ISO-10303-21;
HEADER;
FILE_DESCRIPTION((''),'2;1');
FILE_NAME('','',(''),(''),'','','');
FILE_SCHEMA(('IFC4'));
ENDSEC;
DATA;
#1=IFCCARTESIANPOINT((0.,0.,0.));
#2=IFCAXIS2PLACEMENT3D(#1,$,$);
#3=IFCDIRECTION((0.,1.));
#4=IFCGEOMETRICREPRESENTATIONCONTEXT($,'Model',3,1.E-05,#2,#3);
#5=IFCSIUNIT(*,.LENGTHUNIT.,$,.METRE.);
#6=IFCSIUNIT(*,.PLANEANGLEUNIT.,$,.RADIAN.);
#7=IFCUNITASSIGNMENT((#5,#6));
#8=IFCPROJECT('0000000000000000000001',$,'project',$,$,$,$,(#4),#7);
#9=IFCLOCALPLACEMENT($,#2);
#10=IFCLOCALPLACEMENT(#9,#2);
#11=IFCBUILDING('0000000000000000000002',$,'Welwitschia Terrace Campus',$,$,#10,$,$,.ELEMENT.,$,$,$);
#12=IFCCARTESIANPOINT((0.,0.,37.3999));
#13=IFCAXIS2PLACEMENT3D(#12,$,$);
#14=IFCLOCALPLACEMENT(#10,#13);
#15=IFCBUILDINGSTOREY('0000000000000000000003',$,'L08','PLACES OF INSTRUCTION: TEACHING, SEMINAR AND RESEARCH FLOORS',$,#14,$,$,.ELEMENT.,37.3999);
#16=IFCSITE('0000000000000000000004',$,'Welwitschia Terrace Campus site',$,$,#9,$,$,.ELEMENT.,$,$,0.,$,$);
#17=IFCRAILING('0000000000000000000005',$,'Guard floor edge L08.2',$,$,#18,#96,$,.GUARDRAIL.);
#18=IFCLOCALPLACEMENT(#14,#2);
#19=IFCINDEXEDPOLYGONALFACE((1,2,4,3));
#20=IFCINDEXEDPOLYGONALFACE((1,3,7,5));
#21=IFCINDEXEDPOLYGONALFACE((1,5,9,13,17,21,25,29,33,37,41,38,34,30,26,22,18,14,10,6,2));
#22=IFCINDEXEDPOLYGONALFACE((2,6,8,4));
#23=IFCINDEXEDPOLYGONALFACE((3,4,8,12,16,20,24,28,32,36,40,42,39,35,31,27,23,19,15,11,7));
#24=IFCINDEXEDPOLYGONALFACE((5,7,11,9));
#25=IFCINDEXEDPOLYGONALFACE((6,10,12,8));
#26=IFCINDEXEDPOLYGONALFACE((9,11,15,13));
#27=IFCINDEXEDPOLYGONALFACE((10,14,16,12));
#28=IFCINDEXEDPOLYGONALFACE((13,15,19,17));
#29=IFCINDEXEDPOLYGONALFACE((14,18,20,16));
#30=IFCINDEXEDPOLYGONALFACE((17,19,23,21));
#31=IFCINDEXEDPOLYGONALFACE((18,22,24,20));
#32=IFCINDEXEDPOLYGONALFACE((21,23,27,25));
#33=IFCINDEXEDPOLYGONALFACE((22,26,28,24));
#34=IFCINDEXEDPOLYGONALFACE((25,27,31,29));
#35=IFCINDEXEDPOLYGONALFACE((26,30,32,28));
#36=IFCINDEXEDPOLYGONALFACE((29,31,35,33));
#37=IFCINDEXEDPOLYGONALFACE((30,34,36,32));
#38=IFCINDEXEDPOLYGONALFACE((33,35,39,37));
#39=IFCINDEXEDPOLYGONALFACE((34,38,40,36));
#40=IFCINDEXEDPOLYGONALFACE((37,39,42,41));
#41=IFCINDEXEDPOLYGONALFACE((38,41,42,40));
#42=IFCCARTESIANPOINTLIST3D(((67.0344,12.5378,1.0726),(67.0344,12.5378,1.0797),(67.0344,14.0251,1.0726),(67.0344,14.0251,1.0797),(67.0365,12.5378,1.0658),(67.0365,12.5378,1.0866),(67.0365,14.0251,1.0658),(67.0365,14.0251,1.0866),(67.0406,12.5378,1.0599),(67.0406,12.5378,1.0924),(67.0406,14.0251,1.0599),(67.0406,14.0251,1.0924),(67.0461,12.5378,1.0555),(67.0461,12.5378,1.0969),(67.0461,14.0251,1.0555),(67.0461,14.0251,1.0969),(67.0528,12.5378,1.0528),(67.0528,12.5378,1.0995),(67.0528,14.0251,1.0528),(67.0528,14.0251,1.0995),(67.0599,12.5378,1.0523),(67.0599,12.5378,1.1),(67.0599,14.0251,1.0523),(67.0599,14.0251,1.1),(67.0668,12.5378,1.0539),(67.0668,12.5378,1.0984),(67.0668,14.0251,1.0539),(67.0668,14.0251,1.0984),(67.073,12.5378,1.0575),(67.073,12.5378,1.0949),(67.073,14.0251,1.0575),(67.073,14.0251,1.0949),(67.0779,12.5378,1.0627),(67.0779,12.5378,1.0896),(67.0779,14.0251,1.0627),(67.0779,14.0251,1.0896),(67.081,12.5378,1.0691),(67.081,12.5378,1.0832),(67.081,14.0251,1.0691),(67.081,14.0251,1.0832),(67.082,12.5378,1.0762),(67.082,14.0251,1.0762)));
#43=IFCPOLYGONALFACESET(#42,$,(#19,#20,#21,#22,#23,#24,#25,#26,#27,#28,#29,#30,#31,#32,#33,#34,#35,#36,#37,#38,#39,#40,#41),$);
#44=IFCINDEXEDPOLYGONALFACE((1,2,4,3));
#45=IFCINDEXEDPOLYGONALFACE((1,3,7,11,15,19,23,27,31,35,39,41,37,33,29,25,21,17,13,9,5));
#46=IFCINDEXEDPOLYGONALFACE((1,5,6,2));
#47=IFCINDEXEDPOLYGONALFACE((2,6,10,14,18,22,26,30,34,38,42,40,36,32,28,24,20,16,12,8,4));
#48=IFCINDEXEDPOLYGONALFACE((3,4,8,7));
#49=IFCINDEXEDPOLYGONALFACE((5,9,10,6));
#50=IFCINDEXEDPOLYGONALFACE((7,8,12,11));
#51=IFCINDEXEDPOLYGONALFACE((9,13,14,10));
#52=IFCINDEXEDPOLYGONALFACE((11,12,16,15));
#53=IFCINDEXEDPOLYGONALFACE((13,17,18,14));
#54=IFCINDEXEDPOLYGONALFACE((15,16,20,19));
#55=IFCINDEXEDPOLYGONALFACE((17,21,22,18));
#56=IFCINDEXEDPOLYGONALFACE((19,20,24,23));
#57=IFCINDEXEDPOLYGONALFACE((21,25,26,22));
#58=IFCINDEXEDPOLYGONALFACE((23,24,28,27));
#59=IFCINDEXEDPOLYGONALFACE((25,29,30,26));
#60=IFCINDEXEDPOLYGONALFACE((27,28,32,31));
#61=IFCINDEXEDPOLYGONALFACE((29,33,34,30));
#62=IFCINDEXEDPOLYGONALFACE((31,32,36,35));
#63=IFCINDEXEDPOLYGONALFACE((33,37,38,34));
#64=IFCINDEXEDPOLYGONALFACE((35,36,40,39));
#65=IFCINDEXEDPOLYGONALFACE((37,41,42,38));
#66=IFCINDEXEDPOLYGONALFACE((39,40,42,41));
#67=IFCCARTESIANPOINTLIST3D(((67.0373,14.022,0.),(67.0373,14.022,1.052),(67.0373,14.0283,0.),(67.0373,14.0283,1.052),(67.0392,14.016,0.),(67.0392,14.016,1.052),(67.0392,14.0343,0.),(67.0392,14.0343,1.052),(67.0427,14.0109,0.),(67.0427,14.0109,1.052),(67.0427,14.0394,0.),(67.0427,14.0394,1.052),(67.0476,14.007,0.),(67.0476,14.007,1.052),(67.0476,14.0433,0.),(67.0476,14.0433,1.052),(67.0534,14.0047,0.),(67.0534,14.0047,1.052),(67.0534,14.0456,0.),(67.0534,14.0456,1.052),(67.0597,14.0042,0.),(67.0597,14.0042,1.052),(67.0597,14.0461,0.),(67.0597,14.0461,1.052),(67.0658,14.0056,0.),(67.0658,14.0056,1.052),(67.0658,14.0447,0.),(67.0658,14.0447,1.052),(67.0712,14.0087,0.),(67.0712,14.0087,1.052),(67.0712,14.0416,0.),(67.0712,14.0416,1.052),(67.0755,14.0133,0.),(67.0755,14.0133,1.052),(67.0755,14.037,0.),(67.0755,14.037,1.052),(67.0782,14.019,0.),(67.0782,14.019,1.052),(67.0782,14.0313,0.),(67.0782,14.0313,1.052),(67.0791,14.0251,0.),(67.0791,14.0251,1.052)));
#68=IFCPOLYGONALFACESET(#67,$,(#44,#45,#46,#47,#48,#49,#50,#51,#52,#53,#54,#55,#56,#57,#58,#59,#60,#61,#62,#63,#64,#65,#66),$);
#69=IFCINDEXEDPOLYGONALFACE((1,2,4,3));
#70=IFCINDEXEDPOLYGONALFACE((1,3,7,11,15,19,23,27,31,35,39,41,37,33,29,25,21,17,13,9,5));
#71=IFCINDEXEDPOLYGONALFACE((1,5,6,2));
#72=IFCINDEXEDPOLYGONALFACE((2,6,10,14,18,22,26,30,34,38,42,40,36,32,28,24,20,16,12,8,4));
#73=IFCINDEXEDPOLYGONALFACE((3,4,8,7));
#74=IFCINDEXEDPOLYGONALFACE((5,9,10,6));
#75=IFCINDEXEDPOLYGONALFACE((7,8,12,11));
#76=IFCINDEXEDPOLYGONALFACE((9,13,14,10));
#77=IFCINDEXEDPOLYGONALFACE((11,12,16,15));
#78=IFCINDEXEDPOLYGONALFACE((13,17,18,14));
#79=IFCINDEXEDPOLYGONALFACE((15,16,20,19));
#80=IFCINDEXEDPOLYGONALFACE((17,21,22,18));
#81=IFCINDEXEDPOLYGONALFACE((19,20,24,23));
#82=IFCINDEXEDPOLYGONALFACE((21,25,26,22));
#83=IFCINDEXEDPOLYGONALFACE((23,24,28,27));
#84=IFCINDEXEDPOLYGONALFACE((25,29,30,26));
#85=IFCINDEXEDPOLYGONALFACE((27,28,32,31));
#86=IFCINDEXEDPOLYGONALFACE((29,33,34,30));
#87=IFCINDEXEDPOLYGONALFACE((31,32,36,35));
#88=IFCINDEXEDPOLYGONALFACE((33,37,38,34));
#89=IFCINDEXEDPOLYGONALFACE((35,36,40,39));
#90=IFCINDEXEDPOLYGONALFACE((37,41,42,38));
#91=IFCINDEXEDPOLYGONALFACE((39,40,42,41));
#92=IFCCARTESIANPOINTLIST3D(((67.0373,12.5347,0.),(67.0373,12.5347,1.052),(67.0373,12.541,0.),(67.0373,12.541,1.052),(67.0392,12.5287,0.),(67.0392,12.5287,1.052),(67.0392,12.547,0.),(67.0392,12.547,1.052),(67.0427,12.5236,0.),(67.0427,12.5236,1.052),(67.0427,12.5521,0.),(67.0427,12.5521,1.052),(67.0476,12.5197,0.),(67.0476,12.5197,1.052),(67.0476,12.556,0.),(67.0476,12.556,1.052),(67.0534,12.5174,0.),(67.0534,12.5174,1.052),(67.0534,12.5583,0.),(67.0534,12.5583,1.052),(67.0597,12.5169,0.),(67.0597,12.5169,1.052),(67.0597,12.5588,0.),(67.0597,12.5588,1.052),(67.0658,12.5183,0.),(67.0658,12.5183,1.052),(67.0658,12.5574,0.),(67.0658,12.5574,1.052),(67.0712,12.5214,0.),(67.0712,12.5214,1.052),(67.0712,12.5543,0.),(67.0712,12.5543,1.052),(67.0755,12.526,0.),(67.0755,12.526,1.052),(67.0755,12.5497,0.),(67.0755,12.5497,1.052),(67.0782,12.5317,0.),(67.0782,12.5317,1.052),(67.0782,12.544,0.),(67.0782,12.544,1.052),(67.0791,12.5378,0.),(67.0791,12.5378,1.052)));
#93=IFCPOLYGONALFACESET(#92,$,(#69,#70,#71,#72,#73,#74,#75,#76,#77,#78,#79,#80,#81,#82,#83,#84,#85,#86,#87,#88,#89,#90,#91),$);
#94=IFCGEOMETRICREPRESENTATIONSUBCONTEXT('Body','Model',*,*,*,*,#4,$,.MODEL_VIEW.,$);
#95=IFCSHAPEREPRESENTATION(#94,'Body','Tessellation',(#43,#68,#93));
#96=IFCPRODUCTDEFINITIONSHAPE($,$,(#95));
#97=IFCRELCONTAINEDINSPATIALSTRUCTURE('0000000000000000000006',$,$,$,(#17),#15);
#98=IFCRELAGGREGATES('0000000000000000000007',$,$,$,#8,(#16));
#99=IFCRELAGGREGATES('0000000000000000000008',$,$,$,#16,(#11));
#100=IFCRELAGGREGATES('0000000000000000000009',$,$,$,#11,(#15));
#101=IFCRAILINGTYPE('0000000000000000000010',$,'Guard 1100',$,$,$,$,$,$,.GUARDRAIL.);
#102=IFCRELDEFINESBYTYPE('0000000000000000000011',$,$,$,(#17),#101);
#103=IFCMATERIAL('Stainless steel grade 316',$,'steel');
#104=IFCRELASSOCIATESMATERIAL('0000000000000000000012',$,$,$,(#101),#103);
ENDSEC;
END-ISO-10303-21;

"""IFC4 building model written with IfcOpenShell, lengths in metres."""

from ifc_helpers import new_model, si_unit, direction, frame, origin, origin_2d, place, context, subcontext, project, spatial, circle, extrude, material, type_object, element, save


model = new_model("IFC4")

# Units and contexts
model_context = context("Model", 3, precision=1e-05, world=origin(), true_north=direction((0.0, 1.0)))
body_context = subcontext(model_context, "Body", "Model", "MODEL_VIEW")
ifc_project = project(units=[si_unit("LENGTHUNIT", "METRE"), si_unit("PLANEANGLEUNIT", "RADIAN")], contexts=[model_context])

# Site, building, storey
site_placement = place(None, origin())
site = spatial("IfcSite", under=ifc_project, at=site_placement, Name="Welwitschia Terrace Campus site", CompositionType="ELEMENT", RefElevation=0.0)
building_placement = place(site_placement, origin())
building = spatial("IfcBuilding", under=site, at=building_placement, Name="Welwitschia Terrace Campus", CompositionType="ELEMENT")
storey_placement = place(building_placement, frame((0.0, 0.0, 37.3999)))
storey = spatial("IfcBuildingStorey", under=building, at=storey_placement, Name="L08", Description="PLACES OF INSTRUCTION: TEACHING, SEMINAR AND RESEARCH FLOORS", CompositionType="ELEMENT", Elevation=37.3999)

# Railing
ifc_material_1 = material(Name="Stainless steel grade 316", Category="steel")
railing_type = type_object("IfcRailingType", Name="Guard 1100", PredefinedType="GUARDRAIL", material=ifc_material_1)
railing_1_placement = place(storey_placement, frame((67.0581, 14.0251, 0.0)))
element("IfcRailing", 1, at=railing_1_placement, inside=storey, type_object=railing_type, Name="Guard floor edge L08.2", PredefinedType="GUARDRAIL", context=body_context, shape_type="SweptSolid", body=[
    extrude(circle(Radius=0.0239, at=origin_2d()), frame((0.0, 0.0, 1.0762), z_axis=(0.0, -1.0, 0.0), x_axis=(1.0, 0.0, 0.0)), (0.0, 0.0, 1.0), 1.4873),
    extrude(circle(Radius=0.021, at=origin_2d()), origin(), (0.0, 0.0, 1.0), 1.052),
    extrude(circle(Radius=0.021, at=origin_2d()), frame((0.0, -1.4873, 0.0)), (0.0, 0.0, 1.0), 1.052),
])

save(model, "model.ifc")
